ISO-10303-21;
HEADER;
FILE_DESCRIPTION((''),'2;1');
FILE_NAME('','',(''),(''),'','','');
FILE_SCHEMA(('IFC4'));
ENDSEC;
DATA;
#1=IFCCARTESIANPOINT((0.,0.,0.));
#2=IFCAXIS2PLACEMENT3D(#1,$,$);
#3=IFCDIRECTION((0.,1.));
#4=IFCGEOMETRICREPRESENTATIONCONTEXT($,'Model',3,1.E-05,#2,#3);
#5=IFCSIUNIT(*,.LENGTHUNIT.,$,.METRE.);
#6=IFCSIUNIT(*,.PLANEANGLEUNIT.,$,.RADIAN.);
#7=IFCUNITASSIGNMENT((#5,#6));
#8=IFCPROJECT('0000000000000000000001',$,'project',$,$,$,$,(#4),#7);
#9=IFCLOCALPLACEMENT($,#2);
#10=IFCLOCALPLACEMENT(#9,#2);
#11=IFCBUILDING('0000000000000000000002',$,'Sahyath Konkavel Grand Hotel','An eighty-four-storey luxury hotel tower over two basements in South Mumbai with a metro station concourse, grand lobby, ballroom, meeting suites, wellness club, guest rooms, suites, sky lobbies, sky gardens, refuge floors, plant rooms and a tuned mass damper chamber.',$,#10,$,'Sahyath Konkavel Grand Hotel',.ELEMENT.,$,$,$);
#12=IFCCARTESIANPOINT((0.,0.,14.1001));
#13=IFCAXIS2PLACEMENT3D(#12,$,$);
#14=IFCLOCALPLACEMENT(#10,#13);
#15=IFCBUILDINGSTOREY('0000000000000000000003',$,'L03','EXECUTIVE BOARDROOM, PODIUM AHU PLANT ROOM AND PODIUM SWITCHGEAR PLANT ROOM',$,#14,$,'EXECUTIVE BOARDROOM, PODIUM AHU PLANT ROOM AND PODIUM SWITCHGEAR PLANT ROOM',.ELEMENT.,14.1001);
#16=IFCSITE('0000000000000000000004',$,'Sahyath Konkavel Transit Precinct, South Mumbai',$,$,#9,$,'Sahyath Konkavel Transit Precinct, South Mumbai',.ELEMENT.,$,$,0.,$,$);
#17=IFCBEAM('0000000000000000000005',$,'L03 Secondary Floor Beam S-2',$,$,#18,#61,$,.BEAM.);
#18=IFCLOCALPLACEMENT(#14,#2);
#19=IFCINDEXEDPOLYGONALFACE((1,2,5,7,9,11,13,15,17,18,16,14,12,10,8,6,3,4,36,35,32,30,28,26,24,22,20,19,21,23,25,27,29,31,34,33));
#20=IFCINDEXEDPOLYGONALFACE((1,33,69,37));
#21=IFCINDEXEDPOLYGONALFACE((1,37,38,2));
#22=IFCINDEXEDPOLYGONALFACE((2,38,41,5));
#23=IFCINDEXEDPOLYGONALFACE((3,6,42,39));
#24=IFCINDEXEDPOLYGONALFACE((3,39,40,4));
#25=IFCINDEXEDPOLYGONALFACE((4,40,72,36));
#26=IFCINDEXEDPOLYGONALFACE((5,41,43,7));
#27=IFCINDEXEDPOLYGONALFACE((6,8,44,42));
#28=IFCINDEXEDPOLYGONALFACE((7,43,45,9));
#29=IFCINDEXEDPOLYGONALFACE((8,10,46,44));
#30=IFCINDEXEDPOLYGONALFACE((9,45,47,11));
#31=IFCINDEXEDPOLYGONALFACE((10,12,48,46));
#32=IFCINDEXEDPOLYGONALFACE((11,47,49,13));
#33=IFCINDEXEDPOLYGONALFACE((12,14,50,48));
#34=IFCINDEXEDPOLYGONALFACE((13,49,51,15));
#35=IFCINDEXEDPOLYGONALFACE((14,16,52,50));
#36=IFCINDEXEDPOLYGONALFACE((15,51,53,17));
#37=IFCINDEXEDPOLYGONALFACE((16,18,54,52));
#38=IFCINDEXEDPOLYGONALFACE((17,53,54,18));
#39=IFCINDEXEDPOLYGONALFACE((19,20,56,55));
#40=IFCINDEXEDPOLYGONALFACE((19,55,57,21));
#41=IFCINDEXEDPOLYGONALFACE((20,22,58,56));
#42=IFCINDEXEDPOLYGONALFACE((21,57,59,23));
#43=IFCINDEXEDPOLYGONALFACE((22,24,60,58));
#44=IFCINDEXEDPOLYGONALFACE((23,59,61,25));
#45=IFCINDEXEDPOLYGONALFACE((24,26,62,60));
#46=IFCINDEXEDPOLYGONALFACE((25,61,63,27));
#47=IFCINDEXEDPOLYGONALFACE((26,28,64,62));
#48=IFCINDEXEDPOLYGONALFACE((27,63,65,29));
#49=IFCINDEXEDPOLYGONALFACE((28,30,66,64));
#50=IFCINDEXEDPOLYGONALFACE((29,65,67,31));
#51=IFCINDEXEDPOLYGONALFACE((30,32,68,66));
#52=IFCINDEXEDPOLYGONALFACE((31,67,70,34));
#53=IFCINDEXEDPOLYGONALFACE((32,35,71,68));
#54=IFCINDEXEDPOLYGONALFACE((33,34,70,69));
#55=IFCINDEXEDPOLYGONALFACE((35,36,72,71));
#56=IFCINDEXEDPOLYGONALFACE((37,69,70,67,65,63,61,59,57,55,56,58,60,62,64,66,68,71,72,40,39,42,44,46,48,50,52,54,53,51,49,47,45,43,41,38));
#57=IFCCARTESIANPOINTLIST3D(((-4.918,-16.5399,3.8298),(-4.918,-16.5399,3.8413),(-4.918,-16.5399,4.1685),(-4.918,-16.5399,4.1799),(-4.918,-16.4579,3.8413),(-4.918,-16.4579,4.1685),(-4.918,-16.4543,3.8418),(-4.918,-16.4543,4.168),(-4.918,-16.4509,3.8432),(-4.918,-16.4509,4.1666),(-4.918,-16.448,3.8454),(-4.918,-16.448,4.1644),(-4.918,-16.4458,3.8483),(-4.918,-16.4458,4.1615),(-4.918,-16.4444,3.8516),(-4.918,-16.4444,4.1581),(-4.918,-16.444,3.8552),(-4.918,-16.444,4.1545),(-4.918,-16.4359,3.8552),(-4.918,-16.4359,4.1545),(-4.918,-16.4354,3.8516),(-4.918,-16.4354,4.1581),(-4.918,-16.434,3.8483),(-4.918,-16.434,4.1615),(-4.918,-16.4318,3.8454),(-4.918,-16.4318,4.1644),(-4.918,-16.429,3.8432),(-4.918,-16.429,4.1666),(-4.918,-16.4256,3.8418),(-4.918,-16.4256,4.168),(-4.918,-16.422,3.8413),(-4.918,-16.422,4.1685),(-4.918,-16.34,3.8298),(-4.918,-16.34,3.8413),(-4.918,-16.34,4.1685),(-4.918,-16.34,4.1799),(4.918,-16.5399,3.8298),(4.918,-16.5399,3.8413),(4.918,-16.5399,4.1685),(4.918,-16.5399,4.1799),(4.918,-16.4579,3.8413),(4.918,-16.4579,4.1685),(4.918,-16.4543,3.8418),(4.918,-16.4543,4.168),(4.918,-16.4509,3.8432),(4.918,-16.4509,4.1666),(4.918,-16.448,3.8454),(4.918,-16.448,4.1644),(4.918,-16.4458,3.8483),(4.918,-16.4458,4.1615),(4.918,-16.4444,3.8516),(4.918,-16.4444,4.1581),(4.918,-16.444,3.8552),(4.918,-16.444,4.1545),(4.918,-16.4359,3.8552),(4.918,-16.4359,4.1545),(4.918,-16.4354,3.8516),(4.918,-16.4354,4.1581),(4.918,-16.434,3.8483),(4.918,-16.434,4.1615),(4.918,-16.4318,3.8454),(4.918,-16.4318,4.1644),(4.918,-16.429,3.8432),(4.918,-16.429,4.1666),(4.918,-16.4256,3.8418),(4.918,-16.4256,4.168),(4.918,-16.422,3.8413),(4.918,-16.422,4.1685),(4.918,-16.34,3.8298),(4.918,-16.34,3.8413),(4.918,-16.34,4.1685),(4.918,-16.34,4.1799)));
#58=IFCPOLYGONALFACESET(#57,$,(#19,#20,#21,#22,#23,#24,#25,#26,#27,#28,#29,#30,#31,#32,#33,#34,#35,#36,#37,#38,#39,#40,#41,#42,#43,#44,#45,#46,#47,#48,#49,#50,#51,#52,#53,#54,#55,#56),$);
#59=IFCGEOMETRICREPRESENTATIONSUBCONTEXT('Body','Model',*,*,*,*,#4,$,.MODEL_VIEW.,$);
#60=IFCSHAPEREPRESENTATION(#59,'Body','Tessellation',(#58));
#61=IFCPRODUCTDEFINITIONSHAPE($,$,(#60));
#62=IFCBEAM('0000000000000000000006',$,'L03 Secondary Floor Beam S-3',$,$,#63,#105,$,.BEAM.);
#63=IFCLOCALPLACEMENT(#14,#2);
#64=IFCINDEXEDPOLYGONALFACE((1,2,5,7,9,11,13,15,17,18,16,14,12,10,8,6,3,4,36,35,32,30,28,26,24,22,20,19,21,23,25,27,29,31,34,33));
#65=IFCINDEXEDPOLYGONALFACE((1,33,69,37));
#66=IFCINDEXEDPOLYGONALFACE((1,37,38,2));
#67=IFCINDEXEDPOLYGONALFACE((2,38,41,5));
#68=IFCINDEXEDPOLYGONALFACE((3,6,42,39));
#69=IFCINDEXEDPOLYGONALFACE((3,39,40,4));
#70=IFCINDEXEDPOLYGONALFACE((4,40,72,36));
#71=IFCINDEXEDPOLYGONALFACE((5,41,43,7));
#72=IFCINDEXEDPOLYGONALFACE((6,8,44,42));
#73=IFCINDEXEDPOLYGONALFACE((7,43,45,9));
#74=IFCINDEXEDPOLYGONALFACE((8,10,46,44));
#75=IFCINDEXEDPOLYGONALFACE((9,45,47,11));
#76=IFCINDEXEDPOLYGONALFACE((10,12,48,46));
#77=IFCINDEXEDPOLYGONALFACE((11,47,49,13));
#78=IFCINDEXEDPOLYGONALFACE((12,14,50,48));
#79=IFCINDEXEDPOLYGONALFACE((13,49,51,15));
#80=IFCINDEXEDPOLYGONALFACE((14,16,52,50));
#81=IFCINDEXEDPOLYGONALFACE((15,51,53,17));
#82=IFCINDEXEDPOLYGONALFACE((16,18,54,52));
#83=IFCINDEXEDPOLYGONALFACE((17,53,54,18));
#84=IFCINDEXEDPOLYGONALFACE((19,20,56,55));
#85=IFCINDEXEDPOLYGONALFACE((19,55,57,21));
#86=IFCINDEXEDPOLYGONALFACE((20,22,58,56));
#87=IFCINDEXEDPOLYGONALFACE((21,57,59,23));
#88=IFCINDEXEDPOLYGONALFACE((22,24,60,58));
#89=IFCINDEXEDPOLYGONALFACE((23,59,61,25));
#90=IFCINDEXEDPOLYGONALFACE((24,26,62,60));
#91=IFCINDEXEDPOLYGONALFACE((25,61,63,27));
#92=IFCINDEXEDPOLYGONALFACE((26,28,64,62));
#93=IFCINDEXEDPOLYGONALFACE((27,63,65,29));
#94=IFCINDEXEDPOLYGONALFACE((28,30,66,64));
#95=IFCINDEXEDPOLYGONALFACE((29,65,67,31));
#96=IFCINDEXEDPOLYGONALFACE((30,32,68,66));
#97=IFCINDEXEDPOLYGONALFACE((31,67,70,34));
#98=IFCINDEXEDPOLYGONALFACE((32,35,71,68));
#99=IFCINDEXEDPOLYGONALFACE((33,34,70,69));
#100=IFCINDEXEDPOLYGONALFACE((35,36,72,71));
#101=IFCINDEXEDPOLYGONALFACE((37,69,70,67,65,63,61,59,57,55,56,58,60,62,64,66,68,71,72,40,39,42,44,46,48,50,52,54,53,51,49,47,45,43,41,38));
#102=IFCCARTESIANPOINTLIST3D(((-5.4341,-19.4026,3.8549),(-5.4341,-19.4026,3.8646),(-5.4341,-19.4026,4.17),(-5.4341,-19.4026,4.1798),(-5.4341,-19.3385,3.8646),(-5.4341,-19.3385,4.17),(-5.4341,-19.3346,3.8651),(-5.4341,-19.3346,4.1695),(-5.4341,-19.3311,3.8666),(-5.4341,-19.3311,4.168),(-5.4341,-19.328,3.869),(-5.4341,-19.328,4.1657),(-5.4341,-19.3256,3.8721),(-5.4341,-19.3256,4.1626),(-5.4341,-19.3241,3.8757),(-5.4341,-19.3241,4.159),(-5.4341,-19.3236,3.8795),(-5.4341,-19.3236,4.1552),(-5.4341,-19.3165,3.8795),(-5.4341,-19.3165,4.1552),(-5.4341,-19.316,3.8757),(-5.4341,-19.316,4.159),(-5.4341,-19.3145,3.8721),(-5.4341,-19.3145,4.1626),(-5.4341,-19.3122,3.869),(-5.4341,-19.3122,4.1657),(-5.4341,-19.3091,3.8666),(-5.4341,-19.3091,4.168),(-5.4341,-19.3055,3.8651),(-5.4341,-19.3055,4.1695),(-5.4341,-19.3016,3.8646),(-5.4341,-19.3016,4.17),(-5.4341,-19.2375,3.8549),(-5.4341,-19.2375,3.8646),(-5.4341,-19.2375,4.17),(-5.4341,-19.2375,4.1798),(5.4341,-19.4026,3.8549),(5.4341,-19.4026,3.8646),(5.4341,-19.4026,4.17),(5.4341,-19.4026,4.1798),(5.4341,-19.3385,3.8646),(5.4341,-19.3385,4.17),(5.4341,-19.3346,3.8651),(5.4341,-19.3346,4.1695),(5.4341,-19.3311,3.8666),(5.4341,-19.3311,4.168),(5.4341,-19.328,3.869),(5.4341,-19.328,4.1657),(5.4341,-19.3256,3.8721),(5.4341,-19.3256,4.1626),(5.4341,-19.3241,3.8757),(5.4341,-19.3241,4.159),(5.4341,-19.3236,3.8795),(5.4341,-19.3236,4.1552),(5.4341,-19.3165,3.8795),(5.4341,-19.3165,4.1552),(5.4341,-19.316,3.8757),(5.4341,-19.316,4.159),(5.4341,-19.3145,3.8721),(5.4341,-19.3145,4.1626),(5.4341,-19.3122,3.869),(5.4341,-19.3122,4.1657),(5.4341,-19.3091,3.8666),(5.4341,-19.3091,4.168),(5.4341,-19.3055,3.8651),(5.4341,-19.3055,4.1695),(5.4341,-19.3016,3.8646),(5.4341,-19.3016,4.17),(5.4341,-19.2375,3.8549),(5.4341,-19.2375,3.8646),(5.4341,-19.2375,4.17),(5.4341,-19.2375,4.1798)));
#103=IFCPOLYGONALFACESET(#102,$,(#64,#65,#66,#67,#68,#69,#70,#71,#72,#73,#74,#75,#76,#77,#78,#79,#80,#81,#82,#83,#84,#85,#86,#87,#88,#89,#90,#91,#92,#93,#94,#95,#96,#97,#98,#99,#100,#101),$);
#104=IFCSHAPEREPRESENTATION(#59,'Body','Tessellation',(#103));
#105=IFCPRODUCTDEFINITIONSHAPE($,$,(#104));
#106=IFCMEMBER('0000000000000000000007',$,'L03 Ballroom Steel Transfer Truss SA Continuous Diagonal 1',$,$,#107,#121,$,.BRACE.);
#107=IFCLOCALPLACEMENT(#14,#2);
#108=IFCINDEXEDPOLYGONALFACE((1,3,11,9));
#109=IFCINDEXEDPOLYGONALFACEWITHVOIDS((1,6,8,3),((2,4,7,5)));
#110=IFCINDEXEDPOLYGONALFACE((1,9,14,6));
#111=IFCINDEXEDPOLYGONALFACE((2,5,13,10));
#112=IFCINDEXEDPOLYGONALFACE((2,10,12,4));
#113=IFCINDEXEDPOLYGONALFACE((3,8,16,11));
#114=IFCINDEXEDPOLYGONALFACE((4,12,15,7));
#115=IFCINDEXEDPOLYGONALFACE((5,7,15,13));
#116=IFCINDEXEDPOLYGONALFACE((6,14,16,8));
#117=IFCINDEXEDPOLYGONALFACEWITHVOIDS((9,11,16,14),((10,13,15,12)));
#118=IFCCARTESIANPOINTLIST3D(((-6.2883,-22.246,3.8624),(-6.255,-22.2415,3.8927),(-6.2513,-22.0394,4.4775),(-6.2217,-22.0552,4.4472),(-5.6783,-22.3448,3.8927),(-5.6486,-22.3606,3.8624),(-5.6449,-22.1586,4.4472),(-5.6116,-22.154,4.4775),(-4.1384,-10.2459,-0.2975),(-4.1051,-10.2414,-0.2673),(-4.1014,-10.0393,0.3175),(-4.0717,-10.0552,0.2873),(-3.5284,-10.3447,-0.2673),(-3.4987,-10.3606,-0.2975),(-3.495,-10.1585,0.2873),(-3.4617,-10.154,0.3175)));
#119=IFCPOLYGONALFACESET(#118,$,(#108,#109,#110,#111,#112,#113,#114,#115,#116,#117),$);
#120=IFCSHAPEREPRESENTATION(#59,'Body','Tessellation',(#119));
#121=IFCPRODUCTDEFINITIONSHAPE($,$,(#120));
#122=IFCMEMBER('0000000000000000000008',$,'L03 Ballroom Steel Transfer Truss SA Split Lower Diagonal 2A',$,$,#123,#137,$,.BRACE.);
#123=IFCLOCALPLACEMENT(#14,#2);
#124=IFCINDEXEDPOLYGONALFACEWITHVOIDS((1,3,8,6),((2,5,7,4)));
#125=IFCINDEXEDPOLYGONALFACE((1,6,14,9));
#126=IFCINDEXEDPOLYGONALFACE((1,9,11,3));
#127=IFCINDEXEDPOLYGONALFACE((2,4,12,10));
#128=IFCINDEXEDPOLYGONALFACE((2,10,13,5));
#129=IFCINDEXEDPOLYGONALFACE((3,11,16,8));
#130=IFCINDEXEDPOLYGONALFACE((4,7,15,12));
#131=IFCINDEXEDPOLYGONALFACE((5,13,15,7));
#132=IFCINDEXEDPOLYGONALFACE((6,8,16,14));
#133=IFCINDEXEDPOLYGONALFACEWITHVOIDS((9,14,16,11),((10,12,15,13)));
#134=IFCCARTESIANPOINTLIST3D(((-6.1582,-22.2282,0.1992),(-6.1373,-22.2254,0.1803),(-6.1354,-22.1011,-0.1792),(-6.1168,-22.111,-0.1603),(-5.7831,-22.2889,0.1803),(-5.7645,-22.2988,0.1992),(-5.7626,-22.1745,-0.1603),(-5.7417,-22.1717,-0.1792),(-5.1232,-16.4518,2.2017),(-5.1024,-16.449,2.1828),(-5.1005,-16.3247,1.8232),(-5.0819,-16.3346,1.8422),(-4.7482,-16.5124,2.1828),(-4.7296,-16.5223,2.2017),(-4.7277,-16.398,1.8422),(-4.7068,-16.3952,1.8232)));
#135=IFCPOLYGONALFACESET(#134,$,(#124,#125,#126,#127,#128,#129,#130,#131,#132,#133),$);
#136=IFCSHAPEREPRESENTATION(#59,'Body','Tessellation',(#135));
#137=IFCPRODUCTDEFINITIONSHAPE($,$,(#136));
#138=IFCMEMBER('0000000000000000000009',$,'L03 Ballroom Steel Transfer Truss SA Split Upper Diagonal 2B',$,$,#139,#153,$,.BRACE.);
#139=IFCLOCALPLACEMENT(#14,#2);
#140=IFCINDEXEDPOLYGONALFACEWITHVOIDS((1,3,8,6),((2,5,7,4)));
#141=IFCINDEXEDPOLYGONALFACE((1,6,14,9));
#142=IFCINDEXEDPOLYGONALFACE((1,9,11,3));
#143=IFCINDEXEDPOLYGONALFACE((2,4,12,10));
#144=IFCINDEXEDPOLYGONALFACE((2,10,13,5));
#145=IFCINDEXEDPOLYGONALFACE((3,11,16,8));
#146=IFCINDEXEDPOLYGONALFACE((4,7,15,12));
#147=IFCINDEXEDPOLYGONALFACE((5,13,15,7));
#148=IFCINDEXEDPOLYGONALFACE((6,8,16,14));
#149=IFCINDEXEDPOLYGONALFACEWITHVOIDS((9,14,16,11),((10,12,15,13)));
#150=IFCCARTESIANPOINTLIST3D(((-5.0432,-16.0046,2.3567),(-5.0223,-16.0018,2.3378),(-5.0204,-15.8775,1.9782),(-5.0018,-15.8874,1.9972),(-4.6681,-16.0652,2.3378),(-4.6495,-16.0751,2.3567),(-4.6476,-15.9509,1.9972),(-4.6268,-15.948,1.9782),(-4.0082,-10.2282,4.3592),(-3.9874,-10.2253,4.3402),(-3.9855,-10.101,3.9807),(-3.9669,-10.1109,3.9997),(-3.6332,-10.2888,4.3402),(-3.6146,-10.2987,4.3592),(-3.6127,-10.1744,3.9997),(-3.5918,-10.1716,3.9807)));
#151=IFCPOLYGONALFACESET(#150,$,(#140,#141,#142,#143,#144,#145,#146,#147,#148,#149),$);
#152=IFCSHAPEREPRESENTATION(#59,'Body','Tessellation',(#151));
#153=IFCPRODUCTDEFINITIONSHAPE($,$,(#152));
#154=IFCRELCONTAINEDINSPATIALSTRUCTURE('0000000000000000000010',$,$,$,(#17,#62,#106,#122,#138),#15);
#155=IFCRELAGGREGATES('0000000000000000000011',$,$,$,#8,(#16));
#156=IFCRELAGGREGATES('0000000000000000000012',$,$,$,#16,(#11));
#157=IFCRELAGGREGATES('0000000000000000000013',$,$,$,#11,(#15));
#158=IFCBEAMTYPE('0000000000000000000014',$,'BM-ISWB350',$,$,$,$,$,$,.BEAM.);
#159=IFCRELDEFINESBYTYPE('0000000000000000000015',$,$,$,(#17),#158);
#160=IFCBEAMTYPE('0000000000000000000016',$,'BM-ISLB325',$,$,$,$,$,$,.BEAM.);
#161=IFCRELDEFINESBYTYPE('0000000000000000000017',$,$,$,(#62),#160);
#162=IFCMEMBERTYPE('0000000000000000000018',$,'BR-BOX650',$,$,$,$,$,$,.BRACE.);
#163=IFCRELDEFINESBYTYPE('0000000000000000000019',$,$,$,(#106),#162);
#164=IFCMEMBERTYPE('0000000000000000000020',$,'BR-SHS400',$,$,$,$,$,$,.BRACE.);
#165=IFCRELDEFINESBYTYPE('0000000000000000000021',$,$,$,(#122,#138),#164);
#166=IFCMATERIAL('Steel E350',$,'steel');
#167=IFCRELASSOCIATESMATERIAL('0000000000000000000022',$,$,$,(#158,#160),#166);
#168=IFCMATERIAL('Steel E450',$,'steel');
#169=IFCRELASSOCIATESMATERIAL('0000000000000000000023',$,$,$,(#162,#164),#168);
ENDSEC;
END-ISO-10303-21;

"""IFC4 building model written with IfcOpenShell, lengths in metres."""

from ifc_helpers import new_model, si_unit, direction, frame, origin, origin_2d, place, context, subcontext, project, spatial, hollow_rectangle, i_section, extrude, source, transform, mapped, material, material_profile, profile_set, type_object, element, save


model = new_model("IFC4")

# Units and contexts
model_context = context("Model", 3, precision=1e-05, world=origin(), true_north=direction((0.0, 1.0)))
body_context = subcontext(model_context, "Body", "Model", "MODEL_VIEW")
ifc_project = project(units=[si_unit("LENGTHUNIT", "METRE"), si_unit("PLANEANGLEUNIT", "RADIAN")], contexts=[model_context])

# Site, building, storey
site_placement = place(None, origin())
site = spatial("IfcSite", under=ifc_project, at=site_placement, Name="Sahyath Konkavel Transit Precinct, South Mumbai", LongName="Sahyath Konkavel Transit Precinct, South Mumbai", CompositionType="ELEMENT", RefElevation=0.0)
building_placement = place(site_placement, origin())
building = spatial("IfcBuilding", under=site, at=building_placement, Name="Sahyath Konkavel Grand Hotel", Description="An eighty-four-storey luxury hotel tower over two basements in South Mumbai with a metro station concourse, grand lobby, ballroom, meeting suites, wellness club, guest rooms, suites, sky lobbies, sky gardens, refuge floors, plant rooms and a tuned mass damper chamber.", LongName="Sahyath Konkavel Grand Hotel", CompositionType="ELEMENT")
storey_placement = place(building_placement, frame((0.0, 0.0, 14.1001)))
storey = spatial("IfcBuildingStorey", under=building, at=storey_placement, Name="L03", Description="EXECUTIVE BOARDROOM, PODIUM AHU PLANT ROOM AND PODIUM SWITCHGEAR PLANT ROOM", LongName="EXECUTIVE BOARDROOM, PODIUM AHU PLANT ROOM AND PODIUM SWITCHGEAR PLANT ROOM", CompositionType="ELEMENT", Elevation=14.1001)

# Beams
ifc_material_1 = material(Name="Steel E350", Category="steel")
ifc_material_2 = material(Name="Steel E450", Category="steel")
ifc_material_profile_1 = material_profile(ifc_material_1, i_section(OverallWidth=0.2, OverallDepth=0.3501, WebThickness=0.0081, FlangeThickness=0.0115, FilletRadius=0.0139, at=origin_2d()), Name="ISWB 350")
ifc_profile_set_1 = profile_set([ifc_material_profile_1], Name="Steel E350")
beam_type_1 = type_object("IfcBeamType", Name="BM-ISWB350", PredefinedType="BEAM", material=ifc_profile_set_1)
shared_shape_1 = source(origin(), body_context, "Body", "SweptSolid", [
    extrude(i_section(OverallWidth=0.2, OverallDepth=0.3501, WebThickness=0.0081, FlangeThickness=0.0115, FilletRadius=0.0139, at=origin_2d()), origin(), (0.0, 0.0, 1.0), 9.8359),
])
beam_1_placement = place(storey_placement, frame((-4.918, -16.4399, 4.0049), z_axis=(1.0, 0.0, 0.0), x_axis=(0.0, 1.0, 0.0)))
element("IfcBeam", 1, at=beam_1_placement, inside=storey, type_object=beam_type_1, Name="L03 Secondary Floor Beam S-2", PredefinedType="BEAM", context=body_context, shape_type="MappedRepresentation", body=[
    mapped(shared_shape_1, transform((0.0, 0.0, 0.0), scale=1.0)),
])
ifc_material_profile_2 = material_profile(ifc_material_1, i_section(OverallWidth=0.165, OverallDepth=0.325, WebThickness=0.0071, FlangeThickness=0.0098, FilletRadius=0.0149, at=origin_2d()), Name="ISLB 325")
ifc_profile_set_2 = profile_set([ifc_material_profile_2], Name="Steel E350")
beam_type_2 = type_object("IfcBeamType", Name="BM-ISLB325", PredefinedType="BEAM", material=ifc_profile_set_2)
shared_shape_2 = source(origin(), body_context, "Body", "SweptSolid", [
    extrude(i_section(OverallWidth=0.165, OverallDepth=0.325, WebThickness=0.0071, FlangeThickness=0.0098, FilletRadius=0.0149, at=origin_2d()), origin(), (0.0, 0.0, 1.0), 10.8682),
])
beam_2_placement = place(storey_placement, frame((-5.4341, -19.3201, 4.0173), z_axis=(1.0, 0.0, 0.0), x_axis=(0.0, 1.0, 0.0)))
element("IfcBeam", 2, at=beam_2_placement, inside=storey, type_object=beam_type_2, Name="L03 Secondary Floor Beam S-3", PredefinedType="BEAM", context=body_context, shape_type="MappedRepresentation", body=[
    mapped(shared_shape_2, transform((0.0, 0.0, 0.0), scale=1.0)),
])

# Members
ifc_material_profile_3 = material_profile(ifc_material_2, hollow_rectangle(XDim=0.6499, YDim=0.6499, WallThickness=0.032, at=origin_2d()), Name="BOX 650x650x32")
ifc_profile_set_3 = profile_set([ifc_material_profile_3], Name="Steel E450")
member_type_1 = type_object("IfcMemberType", Name="BR-BOX650", PredefinedType="BRACE", material=ifc_profile_set_3)
shared_shape_3 = source(origin(), body_context, "Body", "SweptSolid", [
    extrude(hollow_rectangle(XDim=0.6499, YDim=0.6499, WallThickness=0.032, at=origin_2d()), origin(), (0.0, 0.0, 1.0), 12.8813),
])
member_placement = place(storey_placement, frame((-3.8, -10.2, 0.01), z_axis=(-0.166902, -0.931586, 0.322943), x_axis=(0.984327, -0.176351, 0.0)))
element("IfcMember", 3, at=member_placement, inside=storey, type_object=member_type_1, Name="L03 Ballroom Steel Transfer Truss SA Continuous Diagonal 1", PredefinedType="BRACE", context=body_context, shape_type="MappedRepresentation", body=[
    mapped(shared_shape_3, transform((0.0, 0.0, 0.0), scale=1.0)),
])
ifc_material_profile_4 = material_profile(ifc_material_2, hollow_rectangle(XDim=0.3999, YDim=0.3999, WallThickness=0.02, at=origin_2d()), Name="SHS 400x400x20")
ifc_profile_set_4 = profile_set([ifc_material_profile_4], Name="Steel E450")
member_type_2 = type_object("IfcMemberType", Name="BR-SHS400", PredefinedType="BRACE", material=ifc_profile_set_4)
shared_shape_4 = source(origin(), body_context, "Body", "SweptSolid", [
    extrude(hollow_rectangle(XDim=0.3999, YDim=0.3999, WallThickness=0.02, at=origin_2d()), origin(), (0.0, 0.0, 1.0), 6.2007),
])
for number, where, z_axis, x_axis, name in (
    (4, (-5.95, -22.2, 0.01), (0.166906, 0.931584, 0.322944), (-0.984327, 0.176355, 0.0), "L03 Ballroom Steel Transfer Truss SA Split Lower Diagonal 2A"),
    (5, (-4.835, -15.9763, 2.1675), (0.166906, 0.931584, 0.322944), (-0.984327, 0.176355, 0.0), "L03 Ballroom Steel Transfer Truss SA Split Upper Diagonal 2B"),
):
    element("IfcMember", number, at=place(storey_placement, frame(where, z_axis=z_axis, x_axis=x_axis)), inside=storey, type_object=member_type_2, Name=name, PredefinedType="BRACE", context=body_context, shape_type="MappedRepresentation", body=[
        mapped(shared_shape_4, transform((0.0, 0.0, 0.0), scale=1.0)),
    ])

save(model, "model.ifc")
